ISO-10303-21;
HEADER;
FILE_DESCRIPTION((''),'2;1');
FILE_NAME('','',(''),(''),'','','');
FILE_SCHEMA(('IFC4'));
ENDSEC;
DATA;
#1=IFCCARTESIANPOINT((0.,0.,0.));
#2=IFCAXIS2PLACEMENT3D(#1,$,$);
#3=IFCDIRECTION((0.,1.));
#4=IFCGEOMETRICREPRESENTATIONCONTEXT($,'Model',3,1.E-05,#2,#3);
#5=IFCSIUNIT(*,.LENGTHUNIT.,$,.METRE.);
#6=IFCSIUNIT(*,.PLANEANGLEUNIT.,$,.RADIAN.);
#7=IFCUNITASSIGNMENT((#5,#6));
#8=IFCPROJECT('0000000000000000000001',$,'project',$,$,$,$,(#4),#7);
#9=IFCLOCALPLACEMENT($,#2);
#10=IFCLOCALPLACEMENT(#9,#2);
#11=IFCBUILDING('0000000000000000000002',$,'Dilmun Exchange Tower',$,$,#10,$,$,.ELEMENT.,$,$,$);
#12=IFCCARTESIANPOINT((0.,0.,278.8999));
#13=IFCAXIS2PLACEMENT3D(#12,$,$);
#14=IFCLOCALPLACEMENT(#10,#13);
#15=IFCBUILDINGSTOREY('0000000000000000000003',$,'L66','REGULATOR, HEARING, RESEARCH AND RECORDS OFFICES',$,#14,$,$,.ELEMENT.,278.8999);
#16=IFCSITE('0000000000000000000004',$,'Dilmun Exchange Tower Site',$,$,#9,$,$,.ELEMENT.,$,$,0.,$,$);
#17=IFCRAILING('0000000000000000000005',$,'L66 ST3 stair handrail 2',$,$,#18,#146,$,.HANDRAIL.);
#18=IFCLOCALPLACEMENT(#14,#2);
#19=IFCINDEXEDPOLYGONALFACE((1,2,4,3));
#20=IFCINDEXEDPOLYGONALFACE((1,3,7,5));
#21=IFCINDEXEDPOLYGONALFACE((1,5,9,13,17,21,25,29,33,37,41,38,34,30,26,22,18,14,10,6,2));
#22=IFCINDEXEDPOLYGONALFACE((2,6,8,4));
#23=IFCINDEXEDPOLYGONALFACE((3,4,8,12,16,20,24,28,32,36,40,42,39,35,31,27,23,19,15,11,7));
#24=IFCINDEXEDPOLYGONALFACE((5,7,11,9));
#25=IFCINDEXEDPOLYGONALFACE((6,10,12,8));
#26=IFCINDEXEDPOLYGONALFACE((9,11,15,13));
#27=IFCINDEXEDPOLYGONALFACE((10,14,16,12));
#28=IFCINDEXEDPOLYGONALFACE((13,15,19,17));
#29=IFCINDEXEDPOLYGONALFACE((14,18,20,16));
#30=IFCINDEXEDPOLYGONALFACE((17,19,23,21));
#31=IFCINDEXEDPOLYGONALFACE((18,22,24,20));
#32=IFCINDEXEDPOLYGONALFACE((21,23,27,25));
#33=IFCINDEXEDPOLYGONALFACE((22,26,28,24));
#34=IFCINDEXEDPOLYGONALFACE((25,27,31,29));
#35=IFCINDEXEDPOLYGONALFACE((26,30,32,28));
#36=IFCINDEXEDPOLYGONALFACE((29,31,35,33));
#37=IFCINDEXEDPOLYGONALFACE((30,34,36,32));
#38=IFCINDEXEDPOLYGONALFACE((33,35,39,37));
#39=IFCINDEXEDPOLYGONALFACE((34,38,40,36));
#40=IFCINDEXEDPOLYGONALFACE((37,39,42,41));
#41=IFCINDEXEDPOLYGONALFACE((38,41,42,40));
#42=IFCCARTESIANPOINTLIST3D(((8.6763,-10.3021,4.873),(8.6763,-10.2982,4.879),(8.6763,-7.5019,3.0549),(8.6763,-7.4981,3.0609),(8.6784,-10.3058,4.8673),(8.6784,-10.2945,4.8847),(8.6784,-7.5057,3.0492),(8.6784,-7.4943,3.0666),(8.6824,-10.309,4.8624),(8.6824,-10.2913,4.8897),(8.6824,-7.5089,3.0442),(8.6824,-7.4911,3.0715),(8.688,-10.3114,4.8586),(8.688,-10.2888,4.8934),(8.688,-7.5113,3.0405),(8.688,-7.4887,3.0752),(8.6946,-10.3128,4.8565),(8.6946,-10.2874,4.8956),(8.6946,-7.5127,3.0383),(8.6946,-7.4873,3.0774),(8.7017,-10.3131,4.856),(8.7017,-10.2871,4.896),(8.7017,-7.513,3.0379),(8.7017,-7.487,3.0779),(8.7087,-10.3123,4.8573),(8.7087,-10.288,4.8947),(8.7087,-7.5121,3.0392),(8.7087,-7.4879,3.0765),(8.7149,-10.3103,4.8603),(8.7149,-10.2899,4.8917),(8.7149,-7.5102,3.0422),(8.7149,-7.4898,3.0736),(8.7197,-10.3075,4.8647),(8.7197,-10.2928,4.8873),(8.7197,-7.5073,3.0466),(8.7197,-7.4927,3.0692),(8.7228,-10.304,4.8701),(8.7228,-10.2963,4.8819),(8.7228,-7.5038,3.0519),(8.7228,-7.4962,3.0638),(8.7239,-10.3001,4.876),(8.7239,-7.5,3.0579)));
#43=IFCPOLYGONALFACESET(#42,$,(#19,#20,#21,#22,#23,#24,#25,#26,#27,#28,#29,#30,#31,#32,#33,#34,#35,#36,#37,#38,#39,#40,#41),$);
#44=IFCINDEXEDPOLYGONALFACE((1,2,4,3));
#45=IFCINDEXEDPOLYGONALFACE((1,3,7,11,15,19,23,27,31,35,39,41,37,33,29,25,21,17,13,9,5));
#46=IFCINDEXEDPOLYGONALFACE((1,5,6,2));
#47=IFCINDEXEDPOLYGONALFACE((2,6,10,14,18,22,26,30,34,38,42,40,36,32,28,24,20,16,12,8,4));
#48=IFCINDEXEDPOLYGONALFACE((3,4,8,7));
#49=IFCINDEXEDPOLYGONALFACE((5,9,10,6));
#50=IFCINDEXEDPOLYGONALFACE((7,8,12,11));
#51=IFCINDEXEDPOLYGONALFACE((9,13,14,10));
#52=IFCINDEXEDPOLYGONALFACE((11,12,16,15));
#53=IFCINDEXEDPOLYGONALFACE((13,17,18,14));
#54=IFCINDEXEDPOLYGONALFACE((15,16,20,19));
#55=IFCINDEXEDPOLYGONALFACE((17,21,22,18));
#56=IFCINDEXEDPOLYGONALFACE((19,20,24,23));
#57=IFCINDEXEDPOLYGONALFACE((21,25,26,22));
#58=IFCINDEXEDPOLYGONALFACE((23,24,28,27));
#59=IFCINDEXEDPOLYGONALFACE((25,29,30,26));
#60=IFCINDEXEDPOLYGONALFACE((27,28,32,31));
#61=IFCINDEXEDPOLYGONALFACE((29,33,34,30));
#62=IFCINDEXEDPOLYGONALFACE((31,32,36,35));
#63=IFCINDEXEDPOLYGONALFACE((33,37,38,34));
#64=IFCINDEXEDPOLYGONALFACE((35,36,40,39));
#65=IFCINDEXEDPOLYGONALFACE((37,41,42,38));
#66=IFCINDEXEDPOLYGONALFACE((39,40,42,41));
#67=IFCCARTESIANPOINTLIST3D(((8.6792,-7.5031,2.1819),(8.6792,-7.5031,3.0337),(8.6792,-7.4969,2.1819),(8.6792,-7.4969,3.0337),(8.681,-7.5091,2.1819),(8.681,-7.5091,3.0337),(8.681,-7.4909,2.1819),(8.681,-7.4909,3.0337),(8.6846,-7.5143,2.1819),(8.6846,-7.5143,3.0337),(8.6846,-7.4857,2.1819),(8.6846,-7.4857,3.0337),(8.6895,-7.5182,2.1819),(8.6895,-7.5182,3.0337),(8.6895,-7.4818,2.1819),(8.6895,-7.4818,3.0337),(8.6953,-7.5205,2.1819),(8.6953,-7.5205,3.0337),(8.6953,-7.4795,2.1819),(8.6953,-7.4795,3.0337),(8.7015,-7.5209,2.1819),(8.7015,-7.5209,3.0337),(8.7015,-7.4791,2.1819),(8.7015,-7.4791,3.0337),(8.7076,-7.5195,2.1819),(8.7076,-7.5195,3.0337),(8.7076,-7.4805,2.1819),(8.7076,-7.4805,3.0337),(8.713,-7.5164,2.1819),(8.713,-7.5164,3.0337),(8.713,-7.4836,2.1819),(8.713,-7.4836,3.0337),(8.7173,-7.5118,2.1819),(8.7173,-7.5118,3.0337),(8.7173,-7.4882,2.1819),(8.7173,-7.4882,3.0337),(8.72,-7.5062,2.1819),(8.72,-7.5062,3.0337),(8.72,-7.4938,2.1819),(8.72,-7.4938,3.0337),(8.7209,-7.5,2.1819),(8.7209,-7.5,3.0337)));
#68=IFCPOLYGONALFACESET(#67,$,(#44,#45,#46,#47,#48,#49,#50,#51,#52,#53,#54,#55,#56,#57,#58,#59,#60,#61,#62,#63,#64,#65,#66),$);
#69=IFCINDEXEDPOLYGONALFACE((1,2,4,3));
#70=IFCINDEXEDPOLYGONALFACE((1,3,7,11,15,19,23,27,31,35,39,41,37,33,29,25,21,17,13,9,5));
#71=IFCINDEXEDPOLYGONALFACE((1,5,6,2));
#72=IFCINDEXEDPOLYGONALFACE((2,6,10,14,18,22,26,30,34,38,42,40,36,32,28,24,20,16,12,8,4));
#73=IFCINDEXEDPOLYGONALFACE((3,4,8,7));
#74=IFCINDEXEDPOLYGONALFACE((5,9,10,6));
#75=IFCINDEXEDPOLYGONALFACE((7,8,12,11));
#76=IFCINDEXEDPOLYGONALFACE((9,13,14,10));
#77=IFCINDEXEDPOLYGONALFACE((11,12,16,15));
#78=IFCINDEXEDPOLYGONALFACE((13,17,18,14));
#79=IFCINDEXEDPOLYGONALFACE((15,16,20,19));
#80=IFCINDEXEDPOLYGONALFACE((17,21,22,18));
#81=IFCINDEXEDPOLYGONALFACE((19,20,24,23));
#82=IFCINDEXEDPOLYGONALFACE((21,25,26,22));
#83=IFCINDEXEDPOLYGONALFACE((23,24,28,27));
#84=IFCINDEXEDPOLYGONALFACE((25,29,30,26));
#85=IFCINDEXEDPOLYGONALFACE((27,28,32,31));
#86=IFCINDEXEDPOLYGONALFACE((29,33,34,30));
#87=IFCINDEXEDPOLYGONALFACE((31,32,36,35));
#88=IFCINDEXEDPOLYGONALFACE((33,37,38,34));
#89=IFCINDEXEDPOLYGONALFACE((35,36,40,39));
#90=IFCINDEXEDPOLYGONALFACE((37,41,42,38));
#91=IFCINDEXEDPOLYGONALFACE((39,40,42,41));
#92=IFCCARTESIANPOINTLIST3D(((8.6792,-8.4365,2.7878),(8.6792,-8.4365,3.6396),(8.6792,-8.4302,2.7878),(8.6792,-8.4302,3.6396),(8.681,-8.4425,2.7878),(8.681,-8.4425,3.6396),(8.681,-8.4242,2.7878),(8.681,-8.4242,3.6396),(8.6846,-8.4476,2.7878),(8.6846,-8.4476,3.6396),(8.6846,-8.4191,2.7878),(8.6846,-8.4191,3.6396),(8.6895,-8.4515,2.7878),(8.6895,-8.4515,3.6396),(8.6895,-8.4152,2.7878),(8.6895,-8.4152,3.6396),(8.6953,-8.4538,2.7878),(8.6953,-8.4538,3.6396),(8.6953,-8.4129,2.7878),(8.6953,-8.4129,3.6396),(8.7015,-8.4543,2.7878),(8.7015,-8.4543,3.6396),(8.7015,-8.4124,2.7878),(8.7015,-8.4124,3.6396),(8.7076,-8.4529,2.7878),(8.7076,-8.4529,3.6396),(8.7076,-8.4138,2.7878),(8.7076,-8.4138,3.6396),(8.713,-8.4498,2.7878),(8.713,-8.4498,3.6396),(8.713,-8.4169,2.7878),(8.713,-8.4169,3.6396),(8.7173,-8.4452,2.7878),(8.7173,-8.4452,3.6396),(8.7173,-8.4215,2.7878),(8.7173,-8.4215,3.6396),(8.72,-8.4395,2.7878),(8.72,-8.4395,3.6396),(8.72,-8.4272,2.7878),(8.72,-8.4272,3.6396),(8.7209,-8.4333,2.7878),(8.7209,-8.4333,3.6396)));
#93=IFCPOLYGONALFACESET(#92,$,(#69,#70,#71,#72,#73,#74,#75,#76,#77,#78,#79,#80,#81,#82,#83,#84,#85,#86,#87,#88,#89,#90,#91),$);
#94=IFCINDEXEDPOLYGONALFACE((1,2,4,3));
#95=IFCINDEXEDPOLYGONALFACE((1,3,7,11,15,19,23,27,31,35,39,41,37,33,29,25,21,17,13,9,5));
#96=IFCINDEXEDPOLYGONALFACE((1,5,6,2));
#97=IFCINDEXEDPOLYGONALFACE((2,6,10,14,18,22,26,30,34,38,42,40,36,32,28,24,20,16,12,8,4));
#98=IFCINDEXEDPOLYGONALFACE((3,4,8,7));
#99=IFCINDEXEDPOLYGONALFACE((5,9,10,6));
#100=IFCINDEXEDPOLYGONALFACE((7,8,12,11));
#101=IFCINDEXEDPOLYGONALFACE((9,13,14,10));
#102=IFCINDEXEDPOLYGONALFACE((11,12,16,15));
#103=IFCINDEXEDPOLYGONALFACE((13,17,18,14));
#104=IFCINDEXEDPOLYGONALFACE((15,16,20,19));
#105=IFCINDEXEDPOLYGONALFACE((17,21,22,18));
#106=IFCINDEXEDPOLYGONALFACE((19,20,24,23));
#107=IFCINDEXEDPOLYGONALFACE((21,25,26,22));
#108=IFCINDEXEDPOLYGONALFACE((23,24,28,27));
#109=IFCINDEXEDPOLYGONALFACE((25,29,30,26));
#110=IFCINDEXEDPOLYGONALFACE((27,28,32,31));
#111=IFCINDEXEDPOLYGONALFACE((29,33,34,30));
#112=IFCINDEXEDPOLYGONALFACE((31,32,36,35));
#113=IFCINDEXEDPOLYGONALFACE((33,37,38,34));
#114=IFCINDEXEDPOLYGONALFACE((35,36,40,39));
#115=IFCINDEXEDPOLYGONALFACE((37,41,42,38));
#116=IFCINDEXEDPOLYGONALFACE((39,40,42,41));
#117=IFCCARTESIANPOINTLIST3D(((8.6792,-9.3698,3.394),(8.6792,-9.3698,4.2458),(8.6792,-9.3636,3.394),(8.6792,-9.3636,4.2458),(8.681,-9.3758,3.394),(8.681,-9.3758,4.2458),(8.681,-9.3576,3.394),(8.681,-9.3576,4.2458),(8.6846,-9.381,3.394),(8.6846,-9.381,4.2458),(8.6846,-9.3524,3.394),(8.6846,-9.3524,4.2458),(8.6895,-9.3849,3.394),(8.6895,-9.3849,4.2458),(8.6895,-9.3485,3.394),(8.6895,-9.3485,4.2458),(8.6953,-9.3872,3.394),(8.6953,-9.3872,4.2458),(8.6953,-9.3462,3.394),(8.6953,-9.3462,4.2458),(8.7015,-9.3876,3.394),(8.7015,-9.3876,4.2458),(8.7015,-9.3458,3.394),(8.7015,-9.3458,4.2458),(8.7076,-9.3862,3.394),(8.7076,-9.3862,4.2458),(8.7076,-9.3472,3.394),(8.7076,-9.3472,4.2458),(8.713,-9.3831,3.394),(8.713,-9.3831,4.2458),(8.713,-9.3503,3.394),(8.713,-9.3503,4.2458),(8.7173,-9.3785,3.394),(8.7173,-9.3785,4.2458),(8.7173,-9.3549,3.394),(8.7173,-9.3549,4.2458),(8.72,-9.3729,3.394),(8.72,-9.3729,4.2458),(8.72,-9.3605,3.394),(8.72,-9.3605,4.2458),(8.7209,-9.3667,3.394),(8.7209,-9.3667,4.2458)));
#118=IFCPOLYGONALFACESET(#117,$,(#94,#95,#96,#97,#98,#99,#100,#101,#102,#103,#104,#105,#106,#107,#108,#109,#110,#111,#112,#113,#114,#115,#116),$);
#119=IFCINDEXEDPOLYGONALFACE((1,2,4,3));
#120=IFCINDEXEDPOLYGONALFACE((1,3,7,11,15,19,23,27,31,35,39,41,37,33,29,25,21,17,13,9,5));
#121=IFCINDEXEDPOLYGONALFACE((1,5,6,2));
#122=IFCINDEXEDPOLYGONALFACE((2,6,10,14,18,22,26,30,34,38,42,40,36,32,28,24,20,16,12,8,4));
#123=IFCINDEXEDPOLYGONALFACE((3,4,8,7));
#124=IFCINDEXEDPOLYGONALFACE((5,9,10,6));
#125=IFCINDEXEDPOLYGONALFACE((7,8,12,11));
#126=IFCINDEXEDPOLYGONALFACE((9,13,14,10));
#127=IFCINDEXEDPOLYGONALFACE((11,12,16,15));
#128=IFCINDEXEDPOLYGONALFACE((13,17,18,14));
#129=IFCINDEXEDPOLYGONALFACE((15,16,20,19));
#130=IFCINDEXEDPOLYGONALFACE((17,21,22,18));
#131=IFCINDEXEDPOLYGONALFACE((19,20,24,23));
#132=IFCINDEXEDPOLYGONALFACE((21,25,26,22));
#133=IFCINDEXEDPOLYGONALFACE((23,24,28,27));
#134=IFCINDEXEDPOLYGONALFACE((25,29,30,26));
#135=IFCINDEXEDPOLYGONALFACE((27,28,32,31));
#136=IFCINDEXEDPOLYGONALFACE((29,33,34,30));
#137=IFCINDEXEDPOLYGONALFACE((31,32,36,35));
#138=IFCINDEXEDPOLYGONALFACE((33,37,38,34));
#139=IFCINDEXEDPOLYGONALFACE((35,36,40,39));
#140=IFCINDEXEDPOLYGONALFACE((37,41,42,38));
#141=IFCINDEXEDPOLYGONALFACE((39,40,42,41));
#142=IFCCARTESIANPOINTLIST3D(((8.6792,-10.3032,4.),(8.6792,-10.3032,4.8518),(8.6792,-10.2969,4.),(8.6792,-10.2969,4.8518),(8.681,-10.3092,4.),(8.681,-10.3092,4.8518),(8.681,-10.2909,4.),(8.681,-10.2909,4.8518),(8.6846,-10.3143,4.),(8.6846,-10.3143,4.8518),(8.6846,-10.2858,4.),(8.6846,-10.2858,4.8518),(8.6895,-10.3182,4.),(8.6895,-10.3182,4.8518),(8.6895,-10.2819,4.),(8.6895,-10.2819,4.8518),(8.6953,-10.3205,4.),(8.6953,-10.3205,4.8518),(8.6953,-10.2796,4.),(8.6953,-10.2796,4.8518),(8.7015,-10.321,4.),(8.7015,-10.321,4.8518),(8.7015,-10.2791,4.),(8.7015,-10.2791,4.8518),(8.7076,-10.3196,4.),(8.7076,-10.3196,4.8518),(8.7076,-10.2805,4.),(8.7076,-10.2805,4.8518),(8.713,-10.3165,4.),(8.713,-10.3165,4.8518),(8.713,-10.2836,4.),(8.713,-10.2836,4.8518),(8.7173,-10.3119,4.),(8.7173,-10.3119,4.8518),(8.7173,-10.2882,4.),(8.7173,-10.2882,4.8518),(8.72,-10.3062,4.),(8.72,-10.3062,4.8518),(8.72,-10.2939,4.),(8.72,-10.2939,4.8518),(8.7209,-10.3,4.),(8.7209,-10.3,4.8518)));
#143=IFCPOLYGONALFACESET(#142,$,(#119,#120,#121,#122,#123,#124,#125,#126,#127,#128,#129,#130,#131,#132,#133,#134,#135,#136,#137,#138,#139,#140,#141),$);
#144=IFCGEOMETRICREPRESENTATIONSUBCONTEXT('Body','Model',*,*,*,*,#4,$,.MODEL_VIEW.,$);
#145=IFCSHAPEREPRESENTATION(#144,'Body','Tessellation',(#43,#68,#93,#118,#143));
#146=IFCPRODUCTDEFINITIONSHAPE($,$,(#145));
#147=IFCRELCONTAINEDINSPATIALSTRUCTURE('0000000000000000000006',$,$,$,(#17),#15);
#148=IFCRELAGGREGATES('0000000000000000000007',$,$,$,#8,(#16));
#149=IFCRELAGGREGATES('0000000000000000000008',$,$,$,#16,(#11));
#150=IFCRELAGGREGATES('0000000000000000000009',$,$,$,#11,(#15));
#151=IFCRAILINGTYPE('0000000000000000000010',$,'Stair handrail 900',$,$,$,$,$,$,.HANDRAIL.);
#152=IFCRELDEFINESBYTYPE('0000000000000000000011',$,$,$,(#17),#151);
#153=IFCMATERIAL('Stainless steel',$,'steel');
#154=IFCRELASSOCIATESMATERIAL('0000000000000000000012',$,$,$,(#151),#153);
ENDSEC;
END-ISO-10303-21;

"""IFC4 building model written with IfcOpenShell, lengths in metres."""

from ifc_helpers import new_model, si_unit, direction, frame, origin, origin_2d, place, context, subcontext, project, spatial, circle, extrude, material, type_object, element, save


model = new_model("IFC4")

# Units and contexts
model_context = context("Model", 3, precision=1e-05, world=origin(), true_north=direction((0.0, 1.0)))
body_context = subcontext(model_context, "Body", "Model", "MODEL_VIEW")
ifc_project = project(units=[si_unit("LENGTHUNIT", "METRE"), si_unit("PLANEANGLEUNIT", "RADIAN")], contexts=[model_context])

# Site, building, storey
site_placement = place(None, origin())
site = spatial("IfcSite", under=ifc_project, at=site_placement, Name="Dilmun Exchange Tower Site", CompositionType="ELEMENT", RefElevation=0.0)
building_placement = place(site_placement, origin())
building = spatial("IfcBuilding", under=site, at=building_placement, Name="Dilmun Exchange Tower", CompositionType="ELEMENT")
storey_placement = place(building_placement, frame((0.0, 0.0, 278.8999)))
storey = spatial("IfcBuildingStorey", under=building, at=storey_placement, Name="L66", Description="REGULATOR, HEARING, RESEARCH AND RECORDS OFFICES", CompositionType="ELEMENT", Elevation=278.8999)

# Railing
ifc_material_1 = material(Name="Stainless steel", Category="steel")
railing_type = type_object("IfcRailingType", Name="Stair handrail 900", PredefinedType="HANDRAIL", material=ifc_material_1)
railing_1_placement = place(storey_placement, frame((8.7, -7.5, 2.1819)))
element("IfcRailing", 1, at=railing_1_placement, inside=storey, type_object=railing_type, Name="L66 ST3 stair handrail 2", PredefinedType="HANDRAIL", context=body_context, shape_type="SweptSolid", body=[
    extrude(circle(Radius=0.0239, at=origin_2d()), frame((0.0, 0.0, 0.876), z_axis=(0.0, -0.838706, 0.544585), x_axis=(1.0, 0.0, 0.0)), (0.0, 0.0, 1.0), 3.3386),
    extrude(circle(Radius=0.021, at=origin_2d()), origin(), (0.0, 0.0, 1.0), 0.8518),
    extrude(circle(Radius=0.021, at=origin_2d()), frame((0.0, -0.9333, 0.606)), (0.0, 0.0, 1.0), 0.8518),
    extrude(circle(Radius=0.021, at=origin_2d()), frame((0.0, -1.8667, 1.2122)), (0.0, 0.0, 1.0), 0.8518),
    extrude(circle(Radius=0.021, at=origin_2d()), frame((0.0, -2.8, 1.8181)), (0.0, 0.0, 1.0), 0.8518),
])

save(model, "model.ifc")
